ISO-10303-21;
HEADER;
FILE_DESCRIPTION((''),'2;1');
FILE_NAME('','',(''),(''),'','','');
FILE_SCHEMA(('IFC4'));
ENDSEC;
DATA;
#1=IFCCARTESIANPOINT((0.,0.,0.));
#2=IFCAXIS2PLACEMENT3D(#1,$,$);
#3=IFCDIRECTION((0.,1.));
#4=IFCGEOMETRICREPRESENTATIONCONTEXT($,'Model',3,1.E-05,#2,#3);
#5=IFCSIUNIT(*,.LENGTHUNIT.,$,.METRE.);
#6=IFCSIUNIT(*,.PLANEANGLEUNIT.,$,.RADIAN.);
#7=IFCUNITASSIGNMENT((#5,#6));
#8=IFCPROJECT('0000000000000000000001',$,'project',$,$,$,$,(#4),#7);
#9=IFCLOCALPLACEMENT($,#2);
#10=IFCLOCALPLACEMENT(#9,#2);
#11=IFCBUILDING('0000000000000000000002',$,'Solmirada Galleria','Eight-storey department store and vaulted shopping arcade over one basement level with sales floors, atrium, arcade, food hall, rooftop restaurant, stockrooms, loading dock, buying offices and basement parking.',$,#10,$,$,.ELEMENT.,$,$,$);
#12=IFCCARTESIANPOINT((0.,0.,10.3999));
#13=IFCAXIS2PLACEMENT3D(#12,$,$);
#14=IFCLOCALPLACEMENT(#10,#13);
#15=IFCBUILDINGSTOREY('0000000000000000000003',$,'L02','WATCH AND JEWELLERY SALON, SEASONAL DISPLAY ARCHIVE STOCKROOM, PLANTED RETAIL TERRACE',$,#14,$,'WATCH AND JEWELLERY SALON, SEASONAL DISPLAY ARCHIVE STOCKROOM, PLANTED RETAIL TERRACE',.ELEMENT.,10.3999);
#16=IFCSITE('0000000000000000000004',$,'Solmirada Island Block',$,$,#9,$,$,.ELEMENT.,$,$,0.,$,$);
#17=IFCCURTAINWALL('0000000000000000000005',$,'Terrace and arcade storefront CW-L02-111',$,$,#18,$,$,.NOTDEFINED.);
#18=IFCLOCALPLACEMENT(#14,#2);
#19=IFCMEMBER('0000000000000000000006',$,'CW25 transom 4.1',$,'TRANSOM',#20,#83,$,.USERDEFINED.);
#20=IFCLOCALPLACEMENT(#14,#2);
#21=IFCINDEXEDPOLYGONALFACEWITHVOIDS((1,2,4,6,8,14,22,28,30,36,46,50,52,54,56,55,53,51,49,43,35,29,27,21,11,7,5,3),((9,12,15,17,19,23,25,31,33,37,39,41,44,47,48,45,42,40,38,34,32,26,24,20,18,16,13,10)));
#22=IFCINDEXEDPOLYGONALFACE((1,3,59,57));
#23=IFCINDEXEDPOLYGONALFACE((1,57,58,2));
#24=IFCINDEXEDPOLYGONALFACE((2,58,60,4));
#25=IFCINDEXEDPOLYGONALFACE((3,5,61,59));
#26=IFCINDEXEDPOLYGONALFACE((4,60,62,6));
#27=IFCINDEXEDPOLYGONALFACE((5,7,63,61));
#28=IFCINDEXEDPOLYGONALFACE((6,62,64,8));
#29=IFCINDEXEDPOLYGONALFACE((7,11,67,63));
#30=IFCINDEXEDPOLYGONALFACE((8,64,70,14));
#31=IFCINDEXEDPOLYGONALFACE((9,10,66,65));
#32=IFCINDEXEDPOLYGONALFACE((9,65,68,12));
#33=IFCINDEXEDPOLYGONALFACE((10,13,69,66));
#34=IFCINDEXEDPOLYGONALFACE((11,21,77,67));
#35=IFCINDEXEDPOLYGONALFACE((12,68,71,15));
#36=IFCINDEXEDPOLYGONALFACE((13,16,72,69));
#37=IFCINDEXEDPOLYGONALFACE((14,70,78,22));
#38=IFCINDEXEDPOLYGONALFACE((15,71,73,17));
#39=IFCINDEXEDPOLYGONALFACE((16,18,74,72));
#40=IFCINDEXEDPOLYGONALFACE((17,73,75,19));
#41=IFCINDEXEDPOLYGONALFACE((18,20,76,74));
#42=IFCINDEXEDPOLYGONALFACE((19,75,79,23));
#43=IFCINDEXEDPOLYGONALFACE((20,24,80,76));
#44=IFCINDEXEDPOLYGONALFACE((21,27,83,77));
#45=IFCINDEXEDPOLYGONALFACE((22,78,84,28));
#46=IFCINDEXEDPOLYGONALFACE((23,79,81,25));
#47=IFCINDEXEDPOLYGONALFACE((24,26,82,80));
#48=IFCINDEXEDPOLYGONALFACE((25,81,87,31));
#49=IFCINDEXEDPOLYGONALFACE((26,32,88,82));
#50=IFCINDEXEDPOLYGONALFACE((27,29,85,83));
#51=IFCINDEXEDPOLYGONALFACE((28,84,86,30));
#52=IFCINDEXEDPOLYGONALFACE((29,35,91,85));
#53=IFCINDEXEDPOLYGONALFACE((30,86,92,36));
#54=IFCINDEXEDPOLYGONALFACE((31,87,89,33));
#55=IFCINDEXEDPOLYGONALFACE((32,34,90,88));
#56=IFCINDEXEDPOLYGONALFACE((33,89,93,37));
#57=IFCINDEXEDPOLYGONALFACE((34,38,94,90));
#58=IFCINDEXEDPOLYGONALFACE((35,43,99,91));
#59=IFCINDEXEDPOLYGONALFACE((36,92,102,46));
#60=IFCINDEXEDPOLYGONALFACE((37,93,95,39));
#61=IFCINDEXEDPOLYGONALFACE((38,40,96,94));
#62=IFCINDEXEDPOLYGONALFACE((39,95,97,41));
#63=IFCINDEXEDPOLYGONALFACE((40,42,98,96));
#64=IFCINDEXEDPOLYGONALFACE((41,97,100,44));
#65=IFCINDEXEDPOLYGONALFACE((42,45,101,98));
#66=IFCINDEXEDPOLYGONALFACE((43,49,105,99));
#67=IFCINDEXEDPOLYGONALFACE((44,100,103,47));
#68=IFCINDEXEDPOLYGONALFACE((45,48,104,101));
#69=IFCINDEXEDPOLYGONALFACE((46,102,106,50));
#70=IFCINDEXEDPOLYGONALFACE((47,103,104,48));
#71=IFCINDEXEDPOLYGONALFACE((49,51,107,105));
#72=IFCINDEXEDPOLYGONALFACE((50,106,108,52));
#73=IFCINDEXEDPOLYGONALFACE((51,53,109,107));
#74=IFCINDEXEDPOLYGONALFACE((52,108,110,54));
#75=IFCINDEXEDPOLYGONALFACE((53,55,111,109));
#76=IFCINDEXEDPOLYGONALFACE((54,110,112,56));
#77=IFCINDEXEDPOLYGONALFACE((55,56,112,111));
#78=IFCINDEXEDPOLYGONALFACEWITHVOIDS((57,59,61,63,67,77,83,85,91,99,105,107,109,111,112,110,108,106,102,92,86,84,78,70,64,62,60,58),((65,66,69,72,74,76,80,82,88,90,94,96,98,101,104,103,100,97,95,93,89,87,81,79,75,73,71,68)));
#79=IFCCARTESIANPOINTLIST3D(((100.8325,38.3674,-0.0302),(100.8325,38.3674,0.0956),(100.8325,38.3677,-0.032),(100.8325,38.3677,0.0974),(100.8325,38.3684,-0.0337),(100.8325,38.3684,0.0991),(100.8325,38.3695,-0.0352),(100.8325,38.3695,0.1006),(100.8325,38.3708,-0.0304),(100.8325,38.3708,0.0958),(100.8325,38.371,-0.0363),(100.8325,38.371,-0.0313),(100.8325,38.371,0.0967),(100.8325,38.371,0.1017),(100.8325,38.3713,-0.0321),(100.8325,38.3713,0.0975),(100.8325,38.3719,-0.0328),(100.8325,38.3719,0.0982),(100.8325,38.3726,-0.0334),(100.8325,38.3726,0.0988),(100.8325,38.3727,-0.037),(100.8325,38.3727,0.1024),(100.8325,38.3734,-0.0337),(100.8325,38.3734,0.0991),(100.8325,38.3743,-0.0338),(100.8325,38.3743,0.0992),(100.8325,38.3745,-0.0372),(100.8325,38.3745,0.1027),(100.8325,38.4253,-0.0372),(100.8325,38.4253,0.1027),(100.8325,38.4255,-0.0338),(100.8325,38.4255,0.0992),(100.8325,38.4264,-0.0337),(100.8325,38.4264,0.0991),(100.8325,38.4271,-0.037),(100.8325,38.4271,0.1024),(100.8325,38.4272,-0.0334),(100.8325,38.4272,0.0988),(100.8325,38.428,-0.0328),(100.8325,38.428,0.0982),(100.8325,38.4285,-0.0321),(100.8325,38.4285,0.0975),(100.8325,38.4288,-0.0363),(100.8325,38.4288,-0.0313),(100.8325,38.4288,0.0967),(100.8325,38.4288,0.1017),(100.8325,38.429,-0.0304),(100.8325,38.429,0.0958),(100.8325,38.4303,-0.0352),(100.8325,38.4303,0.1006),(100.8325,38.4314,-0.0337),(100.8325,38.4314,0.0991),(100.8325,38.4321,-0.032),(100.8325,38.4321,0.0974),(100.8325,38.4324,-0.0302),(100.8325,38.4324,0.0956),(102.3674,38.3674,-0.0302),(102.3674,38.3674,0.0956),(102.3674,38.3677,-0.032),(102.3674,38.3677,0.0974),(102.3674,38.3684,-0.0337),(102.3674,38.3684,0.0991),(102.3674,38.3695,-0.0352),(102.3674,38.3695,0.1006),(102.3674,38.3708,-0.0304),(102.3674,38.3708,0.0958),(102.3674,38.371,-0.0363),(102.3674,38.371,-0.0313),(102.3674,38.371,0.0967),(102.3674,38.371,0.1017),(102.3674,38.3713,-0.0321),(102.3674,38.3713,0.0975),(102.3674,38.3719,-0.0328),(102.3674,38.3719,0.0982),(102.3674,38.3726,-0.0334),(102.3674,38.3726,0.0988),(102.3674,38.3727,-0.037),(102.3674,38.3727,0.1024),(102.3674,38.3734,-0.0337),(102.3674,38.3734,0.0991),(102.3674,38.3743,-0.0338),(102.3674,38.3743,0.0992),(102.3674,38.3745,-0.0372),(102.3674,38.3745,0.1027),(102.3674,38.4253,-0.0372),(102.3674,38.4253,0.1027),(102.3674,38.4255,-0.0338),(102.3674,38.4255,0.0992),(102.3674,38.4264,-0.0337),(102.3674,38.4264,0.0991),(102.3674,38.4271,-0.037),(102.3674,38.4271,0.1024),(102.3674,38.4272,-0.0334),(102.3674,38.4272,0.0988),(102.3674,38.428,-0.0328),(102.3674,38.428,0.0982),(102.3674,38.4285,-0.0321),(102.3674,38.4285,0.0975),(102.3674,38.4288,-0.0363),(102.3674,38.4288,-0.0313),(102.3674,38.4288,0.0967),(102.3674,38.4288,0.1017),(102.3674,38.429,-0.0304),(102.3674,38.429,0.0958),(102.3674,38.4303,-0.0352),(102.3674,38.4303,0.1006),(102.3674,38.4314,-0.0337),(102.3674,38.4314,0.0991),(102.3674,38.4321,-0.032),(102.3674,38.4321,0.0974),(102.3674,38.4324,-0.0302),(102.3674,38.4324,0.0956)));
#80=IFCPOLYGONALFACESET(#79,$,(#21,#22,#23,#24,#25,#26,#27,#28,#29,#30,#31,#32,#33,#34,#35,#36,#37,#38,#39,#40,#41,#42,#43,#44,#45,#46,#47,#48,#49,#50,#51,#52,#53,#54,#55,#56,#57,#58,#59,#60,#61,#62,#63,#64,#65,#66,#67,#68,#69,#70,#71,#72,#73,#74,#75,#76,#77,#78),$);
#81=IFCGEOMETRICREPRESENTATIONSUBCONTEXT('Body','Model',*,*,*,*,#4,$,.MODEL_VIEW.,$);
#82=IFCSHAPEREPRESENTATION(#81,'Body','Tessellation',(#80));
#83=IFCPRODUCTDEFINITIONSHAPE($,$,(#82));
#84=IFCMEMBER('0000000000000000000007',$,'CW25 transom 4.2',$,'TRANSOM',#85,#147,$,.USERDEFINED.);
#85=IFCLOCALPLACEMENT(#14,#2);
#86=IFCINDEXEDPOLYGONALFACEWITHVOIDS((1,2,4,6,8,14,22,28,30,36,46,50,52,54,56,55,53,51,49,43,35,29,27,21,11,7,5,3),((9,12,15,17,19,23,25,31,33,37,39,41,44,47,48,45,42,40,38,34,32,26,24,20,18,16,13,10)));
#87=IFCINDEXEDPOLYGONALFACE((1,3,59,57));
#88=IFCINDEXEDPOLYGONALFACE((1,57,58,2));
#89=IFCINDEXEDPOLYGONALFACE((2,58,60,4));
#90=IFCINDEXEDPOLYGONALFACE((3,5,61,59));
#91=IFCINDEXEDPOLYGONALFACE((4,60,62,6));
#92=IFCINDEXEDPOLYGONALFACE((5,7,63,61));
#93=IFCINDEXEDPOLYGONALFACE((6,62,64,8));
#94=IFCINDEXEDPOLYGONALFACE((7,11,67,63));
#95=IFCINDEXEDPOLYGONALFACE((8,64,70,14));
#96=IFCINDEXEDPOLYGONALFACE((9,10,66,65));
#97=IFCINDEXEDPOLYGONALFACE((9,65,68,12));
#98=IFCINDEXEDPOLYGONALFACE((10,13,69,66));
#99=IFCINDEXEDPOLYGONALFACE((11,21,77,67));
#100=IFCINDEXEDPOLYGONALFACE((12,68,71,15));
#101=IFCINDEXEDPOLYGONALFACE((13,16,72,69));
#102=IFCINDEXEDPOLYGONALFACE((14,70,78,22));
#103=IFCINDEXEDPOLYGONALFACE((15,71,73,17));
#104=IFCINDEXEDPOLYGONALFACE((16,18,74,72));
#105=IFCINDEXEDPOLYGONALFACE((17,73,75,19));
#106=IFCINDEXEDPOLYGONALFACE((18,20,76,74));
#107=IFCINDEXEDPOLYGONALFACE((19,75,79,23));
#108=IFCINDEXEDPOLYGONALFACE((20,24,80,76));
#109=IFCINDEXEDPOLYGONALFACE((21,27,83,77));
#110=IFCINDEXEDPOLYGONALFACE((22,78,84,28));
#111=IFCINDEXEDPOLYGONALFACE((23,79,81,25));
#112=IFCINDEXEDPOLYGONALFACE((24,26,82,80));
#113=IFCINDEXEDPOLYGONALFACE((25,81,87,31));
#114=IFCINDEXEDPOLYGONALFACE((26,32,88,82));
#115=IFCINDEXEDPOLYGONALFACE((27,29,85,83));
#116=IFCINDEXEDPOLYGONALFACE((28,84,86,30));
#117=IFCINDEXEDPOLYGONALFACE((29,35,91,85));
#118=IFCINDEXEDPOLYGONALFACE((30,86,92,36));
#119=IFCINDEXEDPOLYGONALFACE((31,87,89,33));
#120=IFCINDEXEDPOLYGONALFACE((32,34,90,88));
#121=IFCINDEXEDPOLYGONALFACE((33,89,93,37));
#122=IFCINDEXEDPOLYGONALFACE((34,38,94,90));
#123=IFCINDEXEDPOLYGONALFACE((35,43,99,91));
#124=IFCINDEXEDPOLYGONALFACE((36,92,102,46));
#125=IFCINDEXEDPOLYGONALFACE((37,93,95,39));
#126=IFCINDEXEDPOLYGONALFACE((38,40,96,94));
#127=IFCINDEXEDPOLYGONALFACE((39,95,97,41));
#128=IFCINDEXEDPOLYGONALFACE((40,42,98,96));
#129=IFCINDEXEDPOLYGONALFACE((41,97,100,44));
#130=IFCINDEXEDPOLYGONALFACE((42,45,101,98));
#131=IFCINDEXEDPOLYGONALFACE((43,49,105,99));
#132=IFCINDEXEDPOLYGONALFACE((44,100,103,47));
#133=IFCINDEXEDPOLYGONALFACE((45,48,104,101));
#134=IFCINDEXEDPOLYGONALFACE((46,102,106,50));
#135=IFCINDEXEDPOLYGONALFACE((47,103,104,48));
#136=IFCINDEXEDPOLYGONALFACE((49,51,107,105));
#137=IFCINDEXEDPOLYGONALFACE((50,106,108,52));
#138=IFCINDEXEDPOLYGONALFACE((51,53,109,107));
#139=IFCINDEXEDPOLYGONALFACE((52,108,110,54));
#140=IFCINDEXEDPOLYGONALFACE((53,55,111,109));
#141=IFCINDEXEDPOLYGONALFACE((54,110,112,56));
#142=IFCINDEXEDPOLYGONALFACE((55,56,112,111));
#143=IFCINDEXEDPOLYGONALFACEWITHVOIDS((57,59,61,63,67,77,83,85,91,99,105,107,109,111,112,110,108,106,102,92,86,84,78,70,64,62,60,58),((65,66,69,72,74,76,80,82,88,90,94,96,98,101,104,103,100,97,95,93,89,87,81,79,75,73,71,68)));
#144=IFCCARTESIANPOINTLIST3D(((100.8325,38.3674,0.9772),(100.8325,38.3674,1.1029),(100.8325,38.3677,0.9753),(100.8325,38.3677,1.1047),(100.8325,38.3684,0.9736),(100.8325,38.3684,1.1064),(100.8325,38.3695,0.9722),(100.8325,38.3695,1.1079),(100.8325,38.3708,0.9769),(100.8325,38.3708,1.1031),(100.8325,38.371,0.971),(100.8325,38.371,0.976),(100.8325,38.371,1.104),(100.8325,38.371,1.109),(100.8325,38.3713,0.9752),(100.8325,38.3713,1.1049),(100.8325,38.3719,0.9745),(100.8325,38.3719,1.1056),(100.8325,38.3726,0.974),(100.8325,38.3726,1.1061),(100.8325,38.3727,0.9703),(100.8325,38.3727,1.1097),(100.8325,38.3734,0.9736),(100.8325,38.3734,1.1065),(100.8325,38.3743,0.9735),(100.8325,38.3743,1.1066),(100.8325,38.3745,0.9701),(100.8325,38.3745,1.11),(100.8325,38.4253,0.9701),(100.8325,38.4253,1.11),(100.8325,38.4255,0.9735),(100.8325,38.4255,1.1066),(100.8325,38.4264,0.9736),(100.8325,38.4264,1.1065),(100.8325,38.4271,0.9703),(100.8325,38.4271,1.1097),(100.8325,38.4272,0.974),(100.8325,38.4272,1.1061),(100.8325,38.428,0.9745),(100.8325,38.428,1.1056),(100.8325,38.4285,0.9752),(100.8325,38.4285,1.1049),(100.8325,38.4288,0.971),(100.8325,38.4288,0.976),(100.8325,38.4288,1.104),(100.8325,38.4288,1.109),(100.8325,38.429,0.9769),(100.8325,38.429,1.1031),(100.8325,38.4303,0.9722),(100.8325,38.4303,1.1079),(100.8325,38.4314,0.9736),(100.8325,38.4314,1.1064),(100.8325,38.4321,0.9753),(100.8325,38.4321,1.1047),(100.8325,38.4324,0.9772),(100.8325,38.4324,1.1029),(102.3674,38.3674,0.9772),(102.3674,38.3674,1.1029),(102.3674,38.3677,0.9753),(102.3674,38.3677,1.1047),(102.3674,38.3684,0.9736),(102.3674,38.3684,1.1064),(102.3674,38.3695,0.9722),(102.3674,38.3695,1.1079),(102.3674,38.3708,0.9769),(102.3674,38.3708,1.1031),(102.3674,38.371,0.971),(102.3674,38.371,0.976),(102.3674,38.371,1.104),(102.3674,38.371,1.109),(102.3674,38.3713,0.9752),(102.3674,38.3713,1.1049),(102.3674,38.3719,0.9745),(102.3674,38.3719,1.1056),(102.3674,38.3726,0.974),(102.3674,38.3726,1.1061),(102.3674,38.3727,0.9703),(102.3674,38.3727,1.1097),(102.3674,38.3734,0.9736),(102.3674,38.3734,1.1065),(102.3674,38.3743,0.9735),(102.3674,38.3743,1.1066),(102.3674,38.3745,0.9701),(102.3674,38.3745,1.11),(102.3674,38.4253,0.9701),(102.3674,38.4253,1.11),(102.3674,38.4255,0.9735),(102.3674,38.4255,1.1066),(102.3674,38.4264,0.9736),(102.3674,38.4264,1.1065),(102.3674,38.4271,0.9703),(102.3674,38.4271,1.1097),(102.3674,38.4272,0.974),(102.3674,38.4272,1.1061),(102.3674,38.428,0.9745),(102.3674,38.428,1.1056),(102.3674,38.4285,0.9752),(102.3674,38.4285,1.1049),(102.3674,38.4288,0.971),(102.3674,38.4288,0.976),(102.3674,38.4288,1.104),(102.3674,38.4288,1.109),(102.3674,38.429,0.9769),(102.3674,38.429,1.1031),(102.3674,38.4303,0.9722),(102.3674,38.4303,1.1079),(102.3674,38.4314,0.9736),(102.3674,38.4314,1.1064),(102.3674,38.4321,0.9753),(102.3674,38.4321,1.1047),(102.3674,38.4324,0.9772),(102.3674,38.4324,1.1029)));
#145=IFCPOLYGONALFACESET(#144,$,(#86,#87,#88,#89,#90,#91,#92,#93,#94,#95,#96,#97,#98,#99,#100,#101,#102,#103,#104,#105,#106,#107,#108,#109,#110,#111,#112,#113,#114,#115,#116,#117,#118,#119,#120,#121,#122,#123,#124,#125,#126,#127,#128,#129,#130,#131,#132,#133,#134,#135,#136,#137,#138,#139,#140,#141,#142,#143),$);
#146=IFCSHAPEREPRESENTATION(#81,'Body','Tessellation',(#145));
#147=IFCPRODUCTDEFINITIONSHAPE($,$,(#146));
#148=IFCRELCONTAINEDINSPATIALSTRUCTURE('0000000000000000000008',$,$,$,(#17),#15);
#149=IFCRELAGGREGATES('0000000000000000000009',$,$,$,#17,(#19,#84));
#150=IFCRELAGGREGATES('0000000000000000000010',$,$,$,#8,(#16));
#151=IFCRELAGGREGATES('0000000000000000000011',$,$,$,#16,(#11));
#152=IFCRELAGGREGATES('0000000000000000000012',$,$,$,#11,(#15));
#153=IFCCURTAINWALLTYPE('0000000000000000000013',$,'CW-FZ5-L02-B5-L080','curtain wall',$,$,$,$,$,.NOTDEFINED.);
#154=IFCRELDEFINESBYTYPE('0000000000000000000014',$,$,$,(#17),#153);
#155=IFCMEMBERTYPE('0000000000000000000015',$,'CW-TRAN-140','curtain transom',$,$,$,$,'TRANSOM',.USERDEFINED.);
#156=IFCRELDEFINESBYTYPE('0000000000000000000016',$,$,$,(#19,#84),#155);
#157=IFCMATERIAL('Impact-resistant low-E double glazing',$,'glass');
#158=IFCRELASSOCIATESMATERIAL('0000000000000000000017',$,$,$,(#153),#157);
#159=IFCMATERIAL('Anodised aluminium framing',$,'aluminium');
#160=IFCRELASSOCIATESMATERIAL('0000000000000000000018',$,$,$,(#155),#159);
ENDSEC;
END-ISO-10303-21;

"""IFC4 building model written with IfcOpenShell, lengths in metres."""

from ifc_helpers import new_model, si_unit, direction, frame, origin, origin_2d, place, context, subcontext, project, spatial, hollow_rectangle, extrude, material, material_profile, profile_set, type_object, element, aggregate, save


model = new_model("IFC4")

# Units and contexts
model_context = context("Model", 3, precision=1e-05, world=origin(), true_north=direction((0.0, 1.0)))
body_context = subcontext(model_context, "Body", "Model", "MODEL_VIEW")
ifc_project = project(units=[si_unit("LENGTHUNIT", "METRE"), si_unit("PLANEANGLEUNIT", "RADIAN")], contexts=[model_context])

# Site, building, storey
site_placement = place(None, origin())
site = spatial("IfcSite", under=ifc_project, at=site_placement, Name="Solmirada Island Block", CompositionType="ELEMENT", RefElevation=0.0)
building_placement = place(site_placement, origin())
building = spatial("IfcBuilding", under=site, at=building_placement, Name="Solmirada Galleria", Description="Eight-storey department store and vaulted shopping arcade over one basement level with sales floors, atrium, arcade, food hall, rooftop restaurant, stockrooms, loading dock, buying offices and basement parking.", CompositionType="ELEMENT")
storey_placement = place(building_placement, frame((0.0, 0.0, 10.3999)))
storey = spatial("IfcBuildingStorey", under=building, at=storey_placement, Name="L02", Description="WATCH AND JEWELLERY SALON, SEASONAL DISPLAY ARCHIVE STOCKROOM, PLANTED RETAIL TERRACE", LongName="WATCH AND JEWELLERY SALON, SEASONAL DISPLAY ARCHIVE STOCKROOM, PLANTED RETAIL TERRACE", CompositionType="ELEMENT", Elevation=10.3999)

# Curtain wall
ifc_material_1 = material(Name="Impact-resistant low-E double glazing", Category="glass")
curtain_wall_type = type_object("IfcCurtainWallType", Name="CW-FZ5-L02-B5-L080", Description="curtain wall", PredefinedType="NOTDEFINED", material=ifc_material_1)
curtain_wall_1_placement = place(storey_placement, origin())
curtain_wall_1 = element("IfcCurtainWall", 1, at=curtain_wall_1_placement, inside=storey, type_object=curtain_wall_type, Name="Terrace and arcade storefront CW-L02-111", PredefinedType="NOTDEFINED")
ifc_material_2 = material(Name="Anodised aluminium framing", Category="aluminium")

# Members
ifc_material_profile_1 = material_profile(ifc_material_2, hollow_rectangle(XDim=0.0649, YDim=0.1399, WallThickness=0.0034, InnerFilletRadius=0.0034, OuterFilletRadius=0.0071, at=origin_2d()), Name="ALU-TRAN-140X65")
ifc_profile_set_1 = profile_set([ifc_material_profile_1], Name="Anodised aluminium framing")
member_type_1 = type_object("IfcMemberType", Name="CW-TRAN-140", Description="curtain transom", ElementType="TRANSOM", PredefinedType="USERDEFINED", material=ifc_profile_set_1)
member_1_placement = place(storey_placement, frame((100.8325, 38.3999, 0.0327), z_axis=(1.0, 0.0, 0.0), x_axis=(0.0, 1.0, 0.0)))
member_1 = element("IfcMember", 2, at=member_1_placement, type_object=member_type_1, Name="CW25 transom 4.1", ObjectType="TRANSOM", PredefinedType="USERDEFINED", context=body_context, shape_type="SweptSolid", body=[
    extrude(hollow_rectangle(XDim=0.0649, YDim=0.1399, WallThickness=0.0034, InnerFilletRadius=0.0034, OuterFilletRadius=0.0071, at=origin_2d()), origin(), (0.0, 0.0, 1.0), 1.5349),
])
member_2_placement = place(storey_placement, frame((100.8325, 38.3999, 1.04), z_axis=(1.0, 0.0, 0.0), x_axis=(0.0, 1.0, 0.0)))
member_2 = element("IfcMember", 3, at=member_2_placement, type_object=member_type_1, Name="CW25 transom 4.2", ObjectType="TRANSOM", PredefinedType="USERDEFINED", context=body_context, shape_type="SweptSolid", body=[
    extrude(hollow_rectangle(XDim=0.0649, YDim=0.1399, WallThickness=0.0034, InnerFilletRadius=0.0034, OuterFilletRadius=0.0071, at=origin_2d()), origin(), (0.0, 0.0, 1.0), 1.5349),
])

aggregate(curtain_wall_1, [member_1, member_2])

save(model, "model.ifc")
